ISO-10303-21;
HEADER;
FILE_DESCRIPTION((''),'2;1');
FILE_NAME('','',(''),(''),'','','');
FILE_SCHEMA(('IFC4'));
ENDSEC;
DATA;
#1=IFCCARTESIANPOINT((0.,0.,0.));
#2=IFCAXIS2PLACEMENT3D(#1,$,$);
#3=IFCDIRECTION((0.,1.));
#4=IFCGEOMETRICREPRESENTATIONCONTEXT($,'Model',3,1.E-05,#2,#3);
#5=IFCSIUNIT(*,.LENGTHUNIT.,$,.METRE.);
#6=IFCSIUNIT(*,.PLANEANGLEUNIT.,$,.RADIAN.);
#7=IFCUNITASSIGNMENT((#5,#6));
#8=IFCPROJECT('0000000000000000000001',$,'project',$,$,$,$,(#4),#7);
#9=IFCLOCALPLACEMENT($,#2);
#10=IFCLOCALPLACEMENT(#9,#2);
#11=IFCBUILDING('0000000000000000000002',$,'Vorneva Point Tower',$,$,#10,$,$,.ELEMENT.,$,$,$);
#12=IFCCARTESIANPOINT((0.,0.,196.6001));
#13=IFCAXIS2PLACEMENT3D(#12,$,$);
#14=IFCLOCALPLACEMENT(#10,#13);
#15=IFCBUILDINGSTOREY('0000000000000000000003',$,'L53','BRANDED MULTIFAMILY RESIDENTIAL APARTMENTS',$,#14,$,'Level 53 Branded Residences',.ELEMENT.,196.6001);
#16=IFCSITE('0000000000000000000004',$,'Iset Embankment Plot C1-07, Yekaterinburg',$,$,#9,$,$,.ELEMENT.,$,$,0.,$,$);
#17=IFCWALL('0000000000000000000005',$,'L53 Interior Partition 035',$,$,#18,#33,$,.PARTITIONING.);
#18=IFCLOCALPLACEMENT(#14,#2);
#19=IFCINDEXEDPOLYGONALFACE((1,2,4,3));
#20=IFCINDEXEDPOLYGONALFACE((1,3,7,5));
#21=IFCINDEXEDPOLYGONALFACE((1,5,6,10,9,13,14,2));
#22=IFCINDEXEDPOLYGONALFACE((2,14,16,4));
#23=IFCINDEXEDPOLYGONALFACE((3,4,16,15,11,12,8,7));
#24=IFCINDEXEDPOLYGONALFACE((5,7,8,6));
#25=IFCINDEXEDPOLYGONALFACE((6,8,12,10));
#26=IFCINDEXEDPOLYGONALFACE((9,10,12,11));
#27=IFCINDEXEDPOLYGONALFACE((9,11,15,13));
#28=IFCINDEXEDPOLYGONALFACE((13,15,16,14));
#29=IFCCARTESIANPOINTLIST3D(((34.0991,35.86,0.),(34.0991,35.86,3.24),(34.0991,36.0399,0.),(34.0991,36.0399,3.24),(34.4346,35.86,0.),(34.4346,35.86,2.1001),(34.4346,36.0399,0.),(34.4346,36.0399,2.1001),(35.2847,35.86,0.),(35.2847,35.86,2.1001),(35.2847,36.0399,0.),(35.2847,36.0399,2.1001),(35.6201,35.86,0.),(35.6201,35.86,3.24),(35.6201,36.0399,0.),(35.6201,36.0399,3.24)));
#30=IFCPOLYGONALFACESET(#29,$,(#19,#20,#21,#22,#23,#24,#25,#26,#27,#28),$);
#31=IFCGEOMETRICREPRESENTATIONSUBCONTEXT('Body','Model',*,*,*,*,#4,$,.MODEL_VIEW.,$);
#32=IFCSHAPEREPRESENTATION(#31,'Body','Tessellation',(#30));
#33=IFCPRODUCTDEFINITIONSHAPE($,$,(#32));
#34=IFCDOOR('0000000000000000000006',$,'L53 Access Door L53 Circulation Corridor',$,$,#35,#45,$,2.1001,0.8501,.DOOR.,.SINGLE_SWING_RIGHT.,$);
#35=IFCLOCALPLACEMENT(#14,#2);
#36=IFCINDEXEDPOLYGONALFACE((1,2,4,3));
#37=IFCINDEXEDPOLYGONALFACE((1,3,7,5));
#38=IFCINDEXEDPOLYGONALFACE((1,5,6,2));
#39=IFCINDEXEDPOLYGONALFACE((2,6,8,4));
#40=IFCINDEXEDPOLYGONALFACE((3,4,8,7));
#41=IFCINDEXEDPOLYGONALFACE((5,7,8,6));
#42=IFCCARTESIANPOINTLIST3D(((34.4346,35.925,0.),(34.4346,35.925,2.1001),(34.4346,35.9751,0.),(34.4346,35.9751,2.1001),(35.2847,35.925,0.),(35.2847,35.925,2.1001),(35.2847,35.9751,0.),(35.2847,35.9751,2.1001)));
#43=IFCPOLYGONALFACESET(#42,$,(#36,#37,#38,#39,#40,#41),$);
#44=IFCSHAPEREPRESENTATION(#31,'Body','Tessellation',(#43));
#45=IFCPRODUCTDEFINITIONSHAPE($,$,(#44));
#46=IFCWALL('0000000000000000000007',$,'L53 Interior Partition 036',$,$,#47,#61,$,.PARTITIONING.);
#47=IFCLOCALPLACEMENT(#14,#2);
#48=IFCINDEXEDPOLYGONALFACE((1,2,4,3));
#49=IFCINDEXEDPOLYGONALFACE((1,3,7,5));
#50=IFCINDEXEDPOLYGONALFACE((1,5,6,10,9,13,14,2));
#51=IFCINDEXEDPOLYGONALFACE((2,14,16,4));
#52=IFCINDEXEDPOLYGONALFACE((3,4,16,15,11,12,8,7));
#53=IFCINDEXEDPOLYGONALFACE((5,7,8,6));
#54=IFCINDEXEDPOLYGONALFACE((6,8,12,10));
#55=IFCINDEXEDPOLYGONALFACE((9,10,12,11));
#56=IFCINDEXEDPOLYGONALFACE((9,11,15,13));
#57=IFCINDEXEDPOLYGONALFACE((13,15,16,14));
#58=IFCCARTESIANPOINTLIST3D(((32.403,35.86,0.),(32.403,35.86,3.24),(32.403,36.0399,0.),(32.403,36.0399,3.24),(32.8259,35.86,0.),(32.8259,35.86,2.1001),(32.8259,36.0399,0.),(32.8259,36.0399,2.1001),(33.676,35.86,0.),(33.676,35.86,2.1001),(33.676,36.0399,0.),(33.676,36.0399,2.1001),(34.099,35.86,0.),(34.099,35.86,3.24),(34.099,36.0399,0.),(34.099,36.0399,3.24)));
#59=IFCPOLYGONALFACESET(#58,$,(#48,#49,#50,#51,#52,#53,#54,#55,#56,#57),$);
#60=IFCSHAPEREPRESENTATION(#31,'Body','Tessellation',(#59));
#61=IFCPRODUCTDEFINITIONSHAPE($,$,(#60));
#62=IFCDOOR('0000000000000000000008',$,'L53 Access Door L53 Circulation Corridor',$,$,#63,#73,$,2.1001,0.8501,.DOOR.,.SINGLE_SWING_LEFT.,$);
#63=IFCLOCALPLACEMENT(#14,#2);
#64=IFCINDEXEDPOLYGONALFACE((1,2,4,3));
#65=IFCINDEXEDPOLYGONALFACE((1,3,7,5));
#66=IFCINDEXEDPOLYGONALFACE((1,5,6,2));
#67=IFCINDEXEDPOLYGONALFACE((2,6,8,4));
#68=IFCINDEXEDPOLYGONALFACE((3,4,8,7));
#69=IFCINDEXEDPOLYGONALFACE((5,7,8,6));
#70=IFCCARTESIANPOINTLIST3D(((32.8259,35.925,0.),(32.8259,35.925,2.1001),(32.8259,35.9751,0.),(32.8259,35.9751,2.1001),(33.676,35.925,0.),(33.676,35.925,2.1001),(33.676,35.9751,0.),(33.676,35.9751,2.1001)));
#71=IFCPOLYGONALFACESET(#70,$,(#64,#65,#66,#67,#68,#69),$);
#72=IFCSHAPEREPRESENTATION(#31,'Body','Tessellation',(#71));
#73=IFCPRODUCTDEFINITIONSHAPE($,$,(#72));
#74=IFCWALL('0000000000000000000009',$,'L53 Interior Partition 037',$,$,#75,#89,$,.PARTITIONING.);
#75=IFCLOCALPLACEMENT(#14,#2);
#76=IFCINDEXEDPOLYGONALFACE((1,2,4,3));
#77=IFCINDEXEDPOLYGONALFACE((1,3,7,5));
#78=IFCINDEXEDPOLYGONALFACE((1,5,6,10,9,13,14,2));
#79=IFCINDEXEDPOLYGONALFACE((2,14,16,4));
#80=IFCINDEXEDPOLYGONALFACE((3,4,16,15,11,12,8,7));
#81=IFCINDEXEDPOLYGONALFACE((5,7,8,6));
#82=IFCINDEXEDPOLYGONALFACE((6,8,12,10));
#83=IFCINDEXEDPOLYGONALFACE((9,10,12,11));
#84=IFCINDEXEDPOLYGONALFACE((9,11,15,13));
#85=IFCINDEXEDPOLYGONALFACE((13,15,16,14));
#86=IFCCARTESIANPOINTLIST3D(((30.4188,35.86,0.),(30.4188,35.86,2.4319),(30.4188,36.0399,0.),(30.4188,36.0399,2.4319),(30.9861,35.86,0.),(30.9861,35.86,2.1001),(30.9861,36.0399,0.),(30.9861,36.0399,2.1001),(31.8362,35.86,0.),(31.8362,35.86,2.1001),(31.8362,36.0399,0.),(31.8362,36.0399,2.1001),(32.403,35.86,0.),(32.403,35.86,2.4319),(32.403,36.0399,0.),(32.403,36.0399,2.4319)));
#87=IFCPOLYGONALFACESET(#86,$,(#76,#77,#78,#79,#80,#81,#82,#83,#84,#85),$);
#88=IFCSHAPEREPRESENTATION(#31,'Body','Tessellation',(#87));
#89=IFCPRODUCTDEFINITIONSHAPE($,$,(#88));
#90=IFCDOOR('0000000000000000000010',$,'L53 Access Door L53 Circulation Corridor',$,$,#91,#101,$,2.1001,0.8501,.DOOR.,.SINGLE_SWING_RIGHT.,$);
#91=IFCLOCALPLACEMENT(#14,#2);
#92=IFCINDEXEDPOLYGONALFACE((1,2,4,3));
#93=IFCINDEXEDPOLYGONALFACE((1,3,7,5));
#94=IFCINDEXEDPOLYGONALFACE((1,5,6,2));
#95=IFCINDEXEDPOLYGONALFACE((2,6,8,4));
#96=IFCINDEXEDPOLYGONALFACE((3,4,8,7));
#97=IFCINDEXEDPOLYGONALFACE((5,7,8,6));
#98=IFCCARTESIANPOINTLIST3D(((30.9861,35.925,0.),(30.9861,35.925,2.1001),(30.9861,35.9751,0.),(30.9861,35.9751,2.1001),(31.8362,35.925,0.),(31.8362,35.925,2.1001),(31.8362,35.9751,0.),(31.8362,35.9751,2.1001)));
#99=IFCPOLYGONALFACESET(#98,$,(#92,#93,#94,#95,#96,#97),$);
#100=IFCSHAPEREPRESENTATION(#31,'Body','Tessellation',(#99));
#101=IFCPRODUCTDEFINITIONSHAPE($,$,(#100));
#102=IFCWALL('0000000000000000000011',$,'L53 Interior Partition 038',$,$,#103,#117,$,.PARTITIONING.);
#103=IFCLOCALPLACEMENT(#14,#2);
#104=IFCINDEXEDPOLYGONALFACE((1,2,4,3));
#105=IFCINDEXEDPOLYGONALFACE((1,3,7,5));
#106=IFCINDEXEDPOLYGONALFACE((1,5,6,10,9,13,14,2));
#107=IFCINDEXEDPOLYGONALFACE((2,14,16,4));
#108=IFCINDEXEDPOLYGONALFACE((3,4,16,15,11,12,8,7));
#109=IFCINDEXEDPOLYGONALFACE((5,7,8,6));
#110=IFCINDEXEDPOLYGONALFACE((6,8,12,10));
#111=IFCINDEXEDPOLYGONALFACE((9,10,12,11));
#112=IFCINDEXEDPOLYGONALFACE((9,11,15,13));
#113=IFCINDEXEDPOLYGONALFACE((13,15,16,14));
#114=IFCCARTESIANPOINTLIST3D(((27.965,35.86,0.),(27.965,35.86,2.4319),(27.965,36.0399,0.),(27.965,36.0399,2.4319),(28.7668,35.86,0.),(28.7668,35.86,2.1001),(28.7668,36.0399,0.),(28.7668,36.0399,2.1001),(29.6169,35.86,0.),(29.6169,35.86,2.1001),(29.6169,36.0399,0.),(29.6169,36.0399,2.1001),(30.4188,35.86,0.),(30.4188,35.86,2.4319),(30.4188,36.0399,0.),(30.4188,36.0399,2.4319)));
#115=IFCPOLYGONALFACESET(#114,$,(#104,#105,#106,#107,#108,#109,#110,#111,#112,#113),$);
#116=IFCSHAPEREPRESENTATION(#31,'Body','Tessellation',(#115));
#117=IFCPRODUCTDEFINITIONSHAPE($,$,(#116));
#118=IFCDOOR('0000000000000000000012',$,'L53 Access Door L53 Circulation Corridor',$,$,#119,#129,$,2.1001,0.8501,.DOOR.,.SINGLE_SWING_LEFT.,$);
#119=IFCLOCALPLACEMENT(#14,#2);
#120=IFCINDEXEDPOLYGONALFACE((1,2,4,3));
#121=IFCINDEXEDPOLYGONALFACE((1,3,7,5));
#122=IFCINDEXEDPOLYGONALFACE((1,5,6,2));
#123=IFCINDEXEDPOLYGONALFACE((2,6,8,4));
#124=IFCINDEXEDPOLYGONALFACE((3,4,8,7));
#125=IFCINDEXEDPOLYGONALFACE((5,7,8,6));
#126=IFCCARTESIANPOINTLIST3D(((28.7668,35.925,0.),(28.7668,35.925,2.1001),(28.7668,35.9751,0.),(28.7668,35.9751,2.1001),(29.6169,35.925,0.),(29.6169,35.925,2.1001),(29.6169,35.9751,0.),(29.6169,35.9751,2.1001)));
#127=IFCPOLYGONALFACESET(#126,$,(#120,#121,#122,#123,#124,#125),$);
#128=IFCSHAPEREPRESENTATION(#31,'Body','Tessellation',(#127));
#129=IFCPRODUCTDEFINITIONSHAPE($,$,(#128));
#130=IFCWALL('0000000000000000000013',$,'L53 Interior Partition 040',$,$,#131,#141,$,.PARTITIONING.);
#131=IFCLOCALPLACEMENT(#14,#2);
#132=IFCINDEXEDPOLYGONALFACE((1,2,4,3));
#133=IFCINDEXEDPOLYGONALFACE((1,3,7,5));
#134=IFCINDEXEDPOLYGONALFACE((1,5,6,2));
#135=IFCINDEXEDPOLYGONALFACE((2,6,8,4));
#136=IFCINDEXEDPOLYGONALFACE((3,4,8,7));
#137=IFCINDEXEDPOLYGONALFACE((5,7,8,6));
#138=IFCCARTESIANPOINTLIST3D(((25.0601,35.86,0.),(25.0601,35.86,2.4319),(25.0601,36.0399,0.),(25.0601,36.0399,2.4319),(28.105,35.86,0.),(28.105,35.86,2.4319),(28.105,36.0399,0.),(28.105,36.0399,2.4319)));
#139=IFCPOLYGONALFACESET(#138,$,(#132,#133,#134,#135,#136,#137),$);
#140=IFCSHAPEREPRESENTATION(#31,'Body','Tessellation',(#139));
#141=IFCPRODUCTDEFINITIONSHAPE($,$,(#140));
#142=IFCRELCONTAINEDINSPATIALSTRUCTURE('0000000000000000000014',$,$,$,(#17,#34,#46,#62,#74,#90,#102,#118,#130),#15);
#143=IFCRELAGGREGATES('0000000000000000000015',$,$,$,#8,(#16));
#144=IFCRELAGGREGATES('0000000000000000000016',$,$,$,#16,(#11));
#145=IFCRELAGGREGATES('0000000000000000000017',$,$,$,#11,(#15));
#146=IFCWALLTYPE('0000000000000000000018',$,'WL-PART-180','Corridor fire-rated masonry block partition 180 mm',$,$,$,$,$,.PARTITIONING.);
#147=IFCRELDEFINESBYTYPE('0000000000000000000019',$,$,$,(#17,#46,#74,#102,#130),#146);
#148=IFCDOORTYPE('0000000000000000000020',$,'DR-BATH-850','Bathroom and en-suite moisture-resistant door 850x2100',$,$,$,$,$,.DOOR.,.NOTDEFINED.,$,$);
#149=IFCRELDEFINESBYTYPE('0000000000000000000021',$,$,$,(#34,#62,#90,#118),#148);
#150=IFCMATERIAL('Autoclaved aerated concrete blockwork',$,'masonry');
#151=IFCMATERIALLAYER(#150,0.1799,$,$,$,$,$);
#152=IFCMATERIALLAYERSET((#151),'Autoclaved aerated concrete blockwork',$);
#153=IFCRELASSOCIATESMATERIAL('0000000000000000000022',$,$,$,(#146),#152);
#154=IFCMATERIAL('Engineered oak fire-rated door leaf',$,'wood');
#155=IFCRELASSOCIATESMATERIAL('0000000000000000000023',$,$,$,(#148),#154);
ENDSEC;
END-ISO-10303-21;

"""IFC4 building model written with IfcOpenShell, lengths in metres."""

from ifc_helpers import new_model, si_unit, direction, frame, frame_2d, origin, place, context, subcontext, project, spatial, rectangle, extrude, material, layer, layer_set, type_object, element, fill, save


model = new_model("IFC4")

# Units and contexts
model_context = context("Model", 3, precision=1e-05, world=origin(), true_north=direction((0.0, 1.0)))
body_context = subcontext(model_context, "Body", "Model", "MODEL_VIEW")
ifc_project = project(units=[si_unit("LENGTHUNIT", "METRE"), si_unit("PLANEANGLEUNIT", "RADIAN")], contexts=[model_context])

# Site, building, storey
site_placement = place(None, origin())
site = spatial("IfcSite", under=ifc_project, at=site_placement, Name="Iset Embankment Plot C1-07, Yekaterinburg", CompositionType="ELEMENT", RefElevation=0.0)
building_placement = place(site_placement, origin())
building = spatial("IfcBuilding", under=site, at=building_placement, Name="Vorneva Point Tower", CompositionType="ELEMENT")
storey_placement = place(building_placement, frame((0.0, 0.0, 196.6001)))
storey = spatial("IfcBuildingStorey", under=building, at=storey_placement, Name="L53", Description="BRANDED MULTIFAMILY RESIDENTIAL APARTMENTS", LongName="Level 53 Branded Residences", CompositionType="ELEMENT", Elevation=196.6001)

# Shared definitions
ifc_material_1 = material(Name="Autoclaved aerated concrete blockwork", Category="masonry")
ifc_layer_1 = layer(ifc_material_1, 0.1799)
ifc_layer_set_1 = layer_set([ifc_layer_1], Name="Autoclaved aerated concrete blockwork")
wall_type_1 = type_object("IfcWallType", Name="WL-PART-180", Description="Corridor fire-rated masonry block partition 180 mm", PredefinedType="PARTITIONING", material=ifc_layer_set_1)

# Walls, openings, doors
ifc_material_2 = material(Name="Engineered oak fire-rated door leaf", Category="wood")
door_type_1 = type_object("IfcDoorType", Name="DR-BATH-850", Description="Bathroom and en-suite moisture-resistant door 850x2100", OperationType="NOTDEFINED", PredefinedType="DOOR", material=ifc_material_2)
wall_1_placement = place(storey_placement, frame((35.6201, 35.95, 0.0), z_axis=(0.0, 0.0, 1.0), x_axis=(-1.0, 0.0, 0.0)))
wall_1 = element("IfcWall", 1, at=wall_1_placement, inside=storey, type_object=wall_type_1, Name="L53 Interior Partition 035", PredefinedType="PARTITIONING", context=body_context, shape_type="SweptSolid", body=[
    extrude(rectangle(XDim=1.521, YDim=0.1799, at=frame_2d((0.7605, 0.0))), origin(), (0.0, 0.0, 1.0), 3.24),
])
opening_1_placement = place(wall_1_placement, frame((0.3354, 0.0, 0.0)))
opening_1 = element("IfcOpeningElement", 2, at=opening_1_placement, cuts=wall_1, PredefinedType="OPENING", context=body_context, shape_type="SweptSolid", body=[
    extrude(rectangle(XDim=0.8501, YDim=2.1001, at=frame_2d((0.425, 1.05))), frame((0.0, 0.105, 0.0), z_axis=(0.0, -1.0, 0.0), x_axis=(1.0, 0.0, 0.0)), (0.0, 0.0, 1.0), 0.2097),
])
door_1_placement = place(opening_1_placement, origin())
door_1 = element("IfcDoor", 3, at=door_1_placement, inside=storey, type_object=door_type_1, Name="L53 Access Door L53 Circulation Corridor", OperationType="SINGLE_SWING_RIGHT", OverallHeight=2.1001, OverallWidth=0.8501, PredefinedType="DOOR", context=body_context, shape_type="SweptSolid", body=[
    extrude(rectangle(XDim=0.8501, YDim=2.1001, at=frame_2d((0.425, 1.05))), frame((0.0, 0.0249, 0.0), z_axis=(0.0, -1.0, 0.0), x_axis=(1.0, 0.0, 0.0)), (0.0, 0.0, 1.0), 0.05),
])
fill(opening_1, door_1)
wall_2_placement = place(storey_placement, frame((34.0991, 35.95, 0.0), z_axis=(0.0, 0.0, 1.0), x_axis=(-1.0, 0.0, 0.0)))
wall_2 = element("IfcWall", 4, at=wall_2_placement, inside=storey, type_object=wall_type_1, Name="L53 Interior Partition 036", PredefinedType="PARTITIONING", context=body_context, shape_type="SweptSolid", body=[
    extrude(rectangle(XDim=1.696, YDim=0.1799, at=frame_2d((0.8481, 0.0))), origin(), (0.0, 0.0, 1.0), 3.24),
])
opening_2_placement = place(wall_2_placement, frame((0.4231, 0.0, 0.0)))
opening_2 = element("IfcOpeningElement", 5, at=opening_2_placement, cuts=wall_2, PredefinedType="OPENING", context=body_context, shape_type="SweptSolid", body=[
    extrude(rectangle(XDim=0.8501, YDim=2.1001, at=frame_2d((0.425, 1.05))), frame((0.0, 0.105, 0.0), z_axis=(0.0, -1.0, 0.0), x_axis=(1.0, 0.0, 0.0)), (0.0, 0.0, 1.0), 0.2097),
])
door_2_placement = place(opening_2_placement, origin())
door_2 = element("IfcDoor", 6, at=door_2_placement, inside=storey, type_object=door_type_1, Name="L53 Access Door L53 Circulation Corridor", OperationType="SINGLE_SWING_LEFT", OverallHeight=2.1001, OverallWidth=0.8501, PredefinedType="DOOR", context=body_context, shape_type="SweptSolid", body=[
    extrude(rectangle(XDim=0.8501, YDim=2.1001, at=frame_2d((0.425, 1.05))), frame((0.0, 0.0249, 0.0), z_axis=(0.0, -1.0, 0.0), x_axis=(1.0, 0.0, 0.0)), (0.0, 0.0, 1.0), 0.05),
])
fill(opening_2, door_2)
wall_3_placement = place(storey_placement, frame((32.4031, 35.95, 0.0), z_axis=(0.0, 0.0, 1.0), x_axis=(-1.0, 0.0, 0.0)))
wall_3 = element("IfcWall", 7, at=wall_3_placement, inside=storey, type_object=wall_type_1, Name="L53 Interior Partition 037", PredefinedType="PARTITIONING", context=body_context, shape_type="SweptSolid", body=[
    extrude(rectangle(XDim=1.9841, YDim=0.1799, at=frame_2d((0.9922, 0.0))), origin(), (0.0, 0.0, 1.0), 2.4319),
])
opening_3_placement = place(wall_3_placement, frame((0.5669, 0.0, 0.0)))
opening_3 = element("IfcOpeningElement", 8, at=opening_3_placement, cuts=wall_3, PredefinedType="OPENING", context=body_context, shape_type="SweptSolid", body=[
    extrude(rectangle(XDim=0.8501, YDim=2.1001, at=frame_2d((0.425, 1.05))), frame((0.0, 0.105, 0.0), z_axis=(0.0, -1.0, 0.0), x_axis=(1.0, 0.0, 0.0)), (0.0, 0.0, 1.0), 0.2097),
])
door_3_placement = place(opening_3_placement, origin())
door_3 = element("IfcDoor", 9, at=door_3_placement, inside=storey, type_object=door_type_1, Name="L53 Access Door L53 Circulation Corridor", OperationType="SINGLE_SWING_RIGHT", OverallHeight=2.1001, OverallWidth=0.8501, PredefinedType="DOOR", context=body_context, shape_type="SweptSolid", body=[
    extrude(rectangle(XDim=0.8501, YDim=2.1001, at=frame_2d((0.425, 1.05))), frame((0.0, 0.0249, 0.0), z_axis=(0.0, -1.0, 0.0), x_axis=(1.0, 0.0, 0.0)), (0.0, 0.0, 1.0), 0.05),
])
fill(opening_3, door_3)
wall_4_placement = place(storey_placement, frame((30.4189, 35.95, 0.0), z_axis=(0.0, 0.0, 1.0), x_axis=(-1.0, 0.0, 0.0)))
wall_4 = element("IfcWall", 10, at=wall_4_placement, inside=storey, type_object=wall_type_1, Name="L53 Interior Partition 038", PredefinedType="PARTITIONING", context=body_context, shape_type="SweptSolid", body=[
    extrude(rectangle(XDim=2.4539, YDim=0.1799, at=frame_2d((1.2271, 0.0))), origin(), (0.0, 0.0, 1.0), 2.4319),
])
opening_4_placement = place(wall_4_placement, frame((0.802, 0.0, 0.0)))
opening_4 = element("IfcOpeningElement", 11, at=opening_4_placement, cuts=wall_4, PredefinedType="OPENING", context=body_context, shape_type="SweptSolid", body=[
    extrude(rectangle(XDim=0.8501, YDim=2.1001, at=frame_2d((0.425, 1.05))), frame((0.0, 0.105, 0.0), z_axis=(0.0, -1.0, 0.0), x_axis=(1.0, 0.0, 0.0)), (0.0, 0.0, 1.0), 0.2097),
])
door_4_placement = place(opening_4_placement, origin())
door_4 = element("IfcDoor", 12, at=door_4_placement, inside=storey, type_object=door_type_1, Name="L53 Access Door L53 Circulation Corridor", OperationType="SINGLE_SWING_LEFT", OverallHeight=2.1001, OverallWidth=0.8501, PredefinedType="DOOR", context=body_context, shape_type="SweptSolid", body=[
    extrude(rectangle(XDim=0.8501, YDim=2.1001, at=frame_2d((0.425, 1.05))), frame((0.0, 0.0249, 0.0), z_axis=(0.0, -1.0, 0.0), x_axis=(1.0, 0.0, 0.0)), (0.0, 0.0, 1.0), 0.05),
])
fill(opening_4, door_4)

# Wall
wall_5_placement = place(storey_placement, frame((28.105, 35.95, 0.0), z_axis=(0.0, 0.0, 1.0), x_axis=(-1.0, 0.0, 0.0)))
element("IfcWall", 13, at=wall_5_placement, inside=storey, type_object=wall_type_1, Name="L53 Interior Partition 040", PredefinedType="PARTITIONING", context=body_context, shape_type="SweptSolid", body=[
    extrude(rectangle(XDim=3.0449, YDim=0.1799, at=frame_2d((1.5225, 0.0))), origin(), (0.0, 0.0, 1.0), 2.4319),
])

save(model, "model.ifc")
